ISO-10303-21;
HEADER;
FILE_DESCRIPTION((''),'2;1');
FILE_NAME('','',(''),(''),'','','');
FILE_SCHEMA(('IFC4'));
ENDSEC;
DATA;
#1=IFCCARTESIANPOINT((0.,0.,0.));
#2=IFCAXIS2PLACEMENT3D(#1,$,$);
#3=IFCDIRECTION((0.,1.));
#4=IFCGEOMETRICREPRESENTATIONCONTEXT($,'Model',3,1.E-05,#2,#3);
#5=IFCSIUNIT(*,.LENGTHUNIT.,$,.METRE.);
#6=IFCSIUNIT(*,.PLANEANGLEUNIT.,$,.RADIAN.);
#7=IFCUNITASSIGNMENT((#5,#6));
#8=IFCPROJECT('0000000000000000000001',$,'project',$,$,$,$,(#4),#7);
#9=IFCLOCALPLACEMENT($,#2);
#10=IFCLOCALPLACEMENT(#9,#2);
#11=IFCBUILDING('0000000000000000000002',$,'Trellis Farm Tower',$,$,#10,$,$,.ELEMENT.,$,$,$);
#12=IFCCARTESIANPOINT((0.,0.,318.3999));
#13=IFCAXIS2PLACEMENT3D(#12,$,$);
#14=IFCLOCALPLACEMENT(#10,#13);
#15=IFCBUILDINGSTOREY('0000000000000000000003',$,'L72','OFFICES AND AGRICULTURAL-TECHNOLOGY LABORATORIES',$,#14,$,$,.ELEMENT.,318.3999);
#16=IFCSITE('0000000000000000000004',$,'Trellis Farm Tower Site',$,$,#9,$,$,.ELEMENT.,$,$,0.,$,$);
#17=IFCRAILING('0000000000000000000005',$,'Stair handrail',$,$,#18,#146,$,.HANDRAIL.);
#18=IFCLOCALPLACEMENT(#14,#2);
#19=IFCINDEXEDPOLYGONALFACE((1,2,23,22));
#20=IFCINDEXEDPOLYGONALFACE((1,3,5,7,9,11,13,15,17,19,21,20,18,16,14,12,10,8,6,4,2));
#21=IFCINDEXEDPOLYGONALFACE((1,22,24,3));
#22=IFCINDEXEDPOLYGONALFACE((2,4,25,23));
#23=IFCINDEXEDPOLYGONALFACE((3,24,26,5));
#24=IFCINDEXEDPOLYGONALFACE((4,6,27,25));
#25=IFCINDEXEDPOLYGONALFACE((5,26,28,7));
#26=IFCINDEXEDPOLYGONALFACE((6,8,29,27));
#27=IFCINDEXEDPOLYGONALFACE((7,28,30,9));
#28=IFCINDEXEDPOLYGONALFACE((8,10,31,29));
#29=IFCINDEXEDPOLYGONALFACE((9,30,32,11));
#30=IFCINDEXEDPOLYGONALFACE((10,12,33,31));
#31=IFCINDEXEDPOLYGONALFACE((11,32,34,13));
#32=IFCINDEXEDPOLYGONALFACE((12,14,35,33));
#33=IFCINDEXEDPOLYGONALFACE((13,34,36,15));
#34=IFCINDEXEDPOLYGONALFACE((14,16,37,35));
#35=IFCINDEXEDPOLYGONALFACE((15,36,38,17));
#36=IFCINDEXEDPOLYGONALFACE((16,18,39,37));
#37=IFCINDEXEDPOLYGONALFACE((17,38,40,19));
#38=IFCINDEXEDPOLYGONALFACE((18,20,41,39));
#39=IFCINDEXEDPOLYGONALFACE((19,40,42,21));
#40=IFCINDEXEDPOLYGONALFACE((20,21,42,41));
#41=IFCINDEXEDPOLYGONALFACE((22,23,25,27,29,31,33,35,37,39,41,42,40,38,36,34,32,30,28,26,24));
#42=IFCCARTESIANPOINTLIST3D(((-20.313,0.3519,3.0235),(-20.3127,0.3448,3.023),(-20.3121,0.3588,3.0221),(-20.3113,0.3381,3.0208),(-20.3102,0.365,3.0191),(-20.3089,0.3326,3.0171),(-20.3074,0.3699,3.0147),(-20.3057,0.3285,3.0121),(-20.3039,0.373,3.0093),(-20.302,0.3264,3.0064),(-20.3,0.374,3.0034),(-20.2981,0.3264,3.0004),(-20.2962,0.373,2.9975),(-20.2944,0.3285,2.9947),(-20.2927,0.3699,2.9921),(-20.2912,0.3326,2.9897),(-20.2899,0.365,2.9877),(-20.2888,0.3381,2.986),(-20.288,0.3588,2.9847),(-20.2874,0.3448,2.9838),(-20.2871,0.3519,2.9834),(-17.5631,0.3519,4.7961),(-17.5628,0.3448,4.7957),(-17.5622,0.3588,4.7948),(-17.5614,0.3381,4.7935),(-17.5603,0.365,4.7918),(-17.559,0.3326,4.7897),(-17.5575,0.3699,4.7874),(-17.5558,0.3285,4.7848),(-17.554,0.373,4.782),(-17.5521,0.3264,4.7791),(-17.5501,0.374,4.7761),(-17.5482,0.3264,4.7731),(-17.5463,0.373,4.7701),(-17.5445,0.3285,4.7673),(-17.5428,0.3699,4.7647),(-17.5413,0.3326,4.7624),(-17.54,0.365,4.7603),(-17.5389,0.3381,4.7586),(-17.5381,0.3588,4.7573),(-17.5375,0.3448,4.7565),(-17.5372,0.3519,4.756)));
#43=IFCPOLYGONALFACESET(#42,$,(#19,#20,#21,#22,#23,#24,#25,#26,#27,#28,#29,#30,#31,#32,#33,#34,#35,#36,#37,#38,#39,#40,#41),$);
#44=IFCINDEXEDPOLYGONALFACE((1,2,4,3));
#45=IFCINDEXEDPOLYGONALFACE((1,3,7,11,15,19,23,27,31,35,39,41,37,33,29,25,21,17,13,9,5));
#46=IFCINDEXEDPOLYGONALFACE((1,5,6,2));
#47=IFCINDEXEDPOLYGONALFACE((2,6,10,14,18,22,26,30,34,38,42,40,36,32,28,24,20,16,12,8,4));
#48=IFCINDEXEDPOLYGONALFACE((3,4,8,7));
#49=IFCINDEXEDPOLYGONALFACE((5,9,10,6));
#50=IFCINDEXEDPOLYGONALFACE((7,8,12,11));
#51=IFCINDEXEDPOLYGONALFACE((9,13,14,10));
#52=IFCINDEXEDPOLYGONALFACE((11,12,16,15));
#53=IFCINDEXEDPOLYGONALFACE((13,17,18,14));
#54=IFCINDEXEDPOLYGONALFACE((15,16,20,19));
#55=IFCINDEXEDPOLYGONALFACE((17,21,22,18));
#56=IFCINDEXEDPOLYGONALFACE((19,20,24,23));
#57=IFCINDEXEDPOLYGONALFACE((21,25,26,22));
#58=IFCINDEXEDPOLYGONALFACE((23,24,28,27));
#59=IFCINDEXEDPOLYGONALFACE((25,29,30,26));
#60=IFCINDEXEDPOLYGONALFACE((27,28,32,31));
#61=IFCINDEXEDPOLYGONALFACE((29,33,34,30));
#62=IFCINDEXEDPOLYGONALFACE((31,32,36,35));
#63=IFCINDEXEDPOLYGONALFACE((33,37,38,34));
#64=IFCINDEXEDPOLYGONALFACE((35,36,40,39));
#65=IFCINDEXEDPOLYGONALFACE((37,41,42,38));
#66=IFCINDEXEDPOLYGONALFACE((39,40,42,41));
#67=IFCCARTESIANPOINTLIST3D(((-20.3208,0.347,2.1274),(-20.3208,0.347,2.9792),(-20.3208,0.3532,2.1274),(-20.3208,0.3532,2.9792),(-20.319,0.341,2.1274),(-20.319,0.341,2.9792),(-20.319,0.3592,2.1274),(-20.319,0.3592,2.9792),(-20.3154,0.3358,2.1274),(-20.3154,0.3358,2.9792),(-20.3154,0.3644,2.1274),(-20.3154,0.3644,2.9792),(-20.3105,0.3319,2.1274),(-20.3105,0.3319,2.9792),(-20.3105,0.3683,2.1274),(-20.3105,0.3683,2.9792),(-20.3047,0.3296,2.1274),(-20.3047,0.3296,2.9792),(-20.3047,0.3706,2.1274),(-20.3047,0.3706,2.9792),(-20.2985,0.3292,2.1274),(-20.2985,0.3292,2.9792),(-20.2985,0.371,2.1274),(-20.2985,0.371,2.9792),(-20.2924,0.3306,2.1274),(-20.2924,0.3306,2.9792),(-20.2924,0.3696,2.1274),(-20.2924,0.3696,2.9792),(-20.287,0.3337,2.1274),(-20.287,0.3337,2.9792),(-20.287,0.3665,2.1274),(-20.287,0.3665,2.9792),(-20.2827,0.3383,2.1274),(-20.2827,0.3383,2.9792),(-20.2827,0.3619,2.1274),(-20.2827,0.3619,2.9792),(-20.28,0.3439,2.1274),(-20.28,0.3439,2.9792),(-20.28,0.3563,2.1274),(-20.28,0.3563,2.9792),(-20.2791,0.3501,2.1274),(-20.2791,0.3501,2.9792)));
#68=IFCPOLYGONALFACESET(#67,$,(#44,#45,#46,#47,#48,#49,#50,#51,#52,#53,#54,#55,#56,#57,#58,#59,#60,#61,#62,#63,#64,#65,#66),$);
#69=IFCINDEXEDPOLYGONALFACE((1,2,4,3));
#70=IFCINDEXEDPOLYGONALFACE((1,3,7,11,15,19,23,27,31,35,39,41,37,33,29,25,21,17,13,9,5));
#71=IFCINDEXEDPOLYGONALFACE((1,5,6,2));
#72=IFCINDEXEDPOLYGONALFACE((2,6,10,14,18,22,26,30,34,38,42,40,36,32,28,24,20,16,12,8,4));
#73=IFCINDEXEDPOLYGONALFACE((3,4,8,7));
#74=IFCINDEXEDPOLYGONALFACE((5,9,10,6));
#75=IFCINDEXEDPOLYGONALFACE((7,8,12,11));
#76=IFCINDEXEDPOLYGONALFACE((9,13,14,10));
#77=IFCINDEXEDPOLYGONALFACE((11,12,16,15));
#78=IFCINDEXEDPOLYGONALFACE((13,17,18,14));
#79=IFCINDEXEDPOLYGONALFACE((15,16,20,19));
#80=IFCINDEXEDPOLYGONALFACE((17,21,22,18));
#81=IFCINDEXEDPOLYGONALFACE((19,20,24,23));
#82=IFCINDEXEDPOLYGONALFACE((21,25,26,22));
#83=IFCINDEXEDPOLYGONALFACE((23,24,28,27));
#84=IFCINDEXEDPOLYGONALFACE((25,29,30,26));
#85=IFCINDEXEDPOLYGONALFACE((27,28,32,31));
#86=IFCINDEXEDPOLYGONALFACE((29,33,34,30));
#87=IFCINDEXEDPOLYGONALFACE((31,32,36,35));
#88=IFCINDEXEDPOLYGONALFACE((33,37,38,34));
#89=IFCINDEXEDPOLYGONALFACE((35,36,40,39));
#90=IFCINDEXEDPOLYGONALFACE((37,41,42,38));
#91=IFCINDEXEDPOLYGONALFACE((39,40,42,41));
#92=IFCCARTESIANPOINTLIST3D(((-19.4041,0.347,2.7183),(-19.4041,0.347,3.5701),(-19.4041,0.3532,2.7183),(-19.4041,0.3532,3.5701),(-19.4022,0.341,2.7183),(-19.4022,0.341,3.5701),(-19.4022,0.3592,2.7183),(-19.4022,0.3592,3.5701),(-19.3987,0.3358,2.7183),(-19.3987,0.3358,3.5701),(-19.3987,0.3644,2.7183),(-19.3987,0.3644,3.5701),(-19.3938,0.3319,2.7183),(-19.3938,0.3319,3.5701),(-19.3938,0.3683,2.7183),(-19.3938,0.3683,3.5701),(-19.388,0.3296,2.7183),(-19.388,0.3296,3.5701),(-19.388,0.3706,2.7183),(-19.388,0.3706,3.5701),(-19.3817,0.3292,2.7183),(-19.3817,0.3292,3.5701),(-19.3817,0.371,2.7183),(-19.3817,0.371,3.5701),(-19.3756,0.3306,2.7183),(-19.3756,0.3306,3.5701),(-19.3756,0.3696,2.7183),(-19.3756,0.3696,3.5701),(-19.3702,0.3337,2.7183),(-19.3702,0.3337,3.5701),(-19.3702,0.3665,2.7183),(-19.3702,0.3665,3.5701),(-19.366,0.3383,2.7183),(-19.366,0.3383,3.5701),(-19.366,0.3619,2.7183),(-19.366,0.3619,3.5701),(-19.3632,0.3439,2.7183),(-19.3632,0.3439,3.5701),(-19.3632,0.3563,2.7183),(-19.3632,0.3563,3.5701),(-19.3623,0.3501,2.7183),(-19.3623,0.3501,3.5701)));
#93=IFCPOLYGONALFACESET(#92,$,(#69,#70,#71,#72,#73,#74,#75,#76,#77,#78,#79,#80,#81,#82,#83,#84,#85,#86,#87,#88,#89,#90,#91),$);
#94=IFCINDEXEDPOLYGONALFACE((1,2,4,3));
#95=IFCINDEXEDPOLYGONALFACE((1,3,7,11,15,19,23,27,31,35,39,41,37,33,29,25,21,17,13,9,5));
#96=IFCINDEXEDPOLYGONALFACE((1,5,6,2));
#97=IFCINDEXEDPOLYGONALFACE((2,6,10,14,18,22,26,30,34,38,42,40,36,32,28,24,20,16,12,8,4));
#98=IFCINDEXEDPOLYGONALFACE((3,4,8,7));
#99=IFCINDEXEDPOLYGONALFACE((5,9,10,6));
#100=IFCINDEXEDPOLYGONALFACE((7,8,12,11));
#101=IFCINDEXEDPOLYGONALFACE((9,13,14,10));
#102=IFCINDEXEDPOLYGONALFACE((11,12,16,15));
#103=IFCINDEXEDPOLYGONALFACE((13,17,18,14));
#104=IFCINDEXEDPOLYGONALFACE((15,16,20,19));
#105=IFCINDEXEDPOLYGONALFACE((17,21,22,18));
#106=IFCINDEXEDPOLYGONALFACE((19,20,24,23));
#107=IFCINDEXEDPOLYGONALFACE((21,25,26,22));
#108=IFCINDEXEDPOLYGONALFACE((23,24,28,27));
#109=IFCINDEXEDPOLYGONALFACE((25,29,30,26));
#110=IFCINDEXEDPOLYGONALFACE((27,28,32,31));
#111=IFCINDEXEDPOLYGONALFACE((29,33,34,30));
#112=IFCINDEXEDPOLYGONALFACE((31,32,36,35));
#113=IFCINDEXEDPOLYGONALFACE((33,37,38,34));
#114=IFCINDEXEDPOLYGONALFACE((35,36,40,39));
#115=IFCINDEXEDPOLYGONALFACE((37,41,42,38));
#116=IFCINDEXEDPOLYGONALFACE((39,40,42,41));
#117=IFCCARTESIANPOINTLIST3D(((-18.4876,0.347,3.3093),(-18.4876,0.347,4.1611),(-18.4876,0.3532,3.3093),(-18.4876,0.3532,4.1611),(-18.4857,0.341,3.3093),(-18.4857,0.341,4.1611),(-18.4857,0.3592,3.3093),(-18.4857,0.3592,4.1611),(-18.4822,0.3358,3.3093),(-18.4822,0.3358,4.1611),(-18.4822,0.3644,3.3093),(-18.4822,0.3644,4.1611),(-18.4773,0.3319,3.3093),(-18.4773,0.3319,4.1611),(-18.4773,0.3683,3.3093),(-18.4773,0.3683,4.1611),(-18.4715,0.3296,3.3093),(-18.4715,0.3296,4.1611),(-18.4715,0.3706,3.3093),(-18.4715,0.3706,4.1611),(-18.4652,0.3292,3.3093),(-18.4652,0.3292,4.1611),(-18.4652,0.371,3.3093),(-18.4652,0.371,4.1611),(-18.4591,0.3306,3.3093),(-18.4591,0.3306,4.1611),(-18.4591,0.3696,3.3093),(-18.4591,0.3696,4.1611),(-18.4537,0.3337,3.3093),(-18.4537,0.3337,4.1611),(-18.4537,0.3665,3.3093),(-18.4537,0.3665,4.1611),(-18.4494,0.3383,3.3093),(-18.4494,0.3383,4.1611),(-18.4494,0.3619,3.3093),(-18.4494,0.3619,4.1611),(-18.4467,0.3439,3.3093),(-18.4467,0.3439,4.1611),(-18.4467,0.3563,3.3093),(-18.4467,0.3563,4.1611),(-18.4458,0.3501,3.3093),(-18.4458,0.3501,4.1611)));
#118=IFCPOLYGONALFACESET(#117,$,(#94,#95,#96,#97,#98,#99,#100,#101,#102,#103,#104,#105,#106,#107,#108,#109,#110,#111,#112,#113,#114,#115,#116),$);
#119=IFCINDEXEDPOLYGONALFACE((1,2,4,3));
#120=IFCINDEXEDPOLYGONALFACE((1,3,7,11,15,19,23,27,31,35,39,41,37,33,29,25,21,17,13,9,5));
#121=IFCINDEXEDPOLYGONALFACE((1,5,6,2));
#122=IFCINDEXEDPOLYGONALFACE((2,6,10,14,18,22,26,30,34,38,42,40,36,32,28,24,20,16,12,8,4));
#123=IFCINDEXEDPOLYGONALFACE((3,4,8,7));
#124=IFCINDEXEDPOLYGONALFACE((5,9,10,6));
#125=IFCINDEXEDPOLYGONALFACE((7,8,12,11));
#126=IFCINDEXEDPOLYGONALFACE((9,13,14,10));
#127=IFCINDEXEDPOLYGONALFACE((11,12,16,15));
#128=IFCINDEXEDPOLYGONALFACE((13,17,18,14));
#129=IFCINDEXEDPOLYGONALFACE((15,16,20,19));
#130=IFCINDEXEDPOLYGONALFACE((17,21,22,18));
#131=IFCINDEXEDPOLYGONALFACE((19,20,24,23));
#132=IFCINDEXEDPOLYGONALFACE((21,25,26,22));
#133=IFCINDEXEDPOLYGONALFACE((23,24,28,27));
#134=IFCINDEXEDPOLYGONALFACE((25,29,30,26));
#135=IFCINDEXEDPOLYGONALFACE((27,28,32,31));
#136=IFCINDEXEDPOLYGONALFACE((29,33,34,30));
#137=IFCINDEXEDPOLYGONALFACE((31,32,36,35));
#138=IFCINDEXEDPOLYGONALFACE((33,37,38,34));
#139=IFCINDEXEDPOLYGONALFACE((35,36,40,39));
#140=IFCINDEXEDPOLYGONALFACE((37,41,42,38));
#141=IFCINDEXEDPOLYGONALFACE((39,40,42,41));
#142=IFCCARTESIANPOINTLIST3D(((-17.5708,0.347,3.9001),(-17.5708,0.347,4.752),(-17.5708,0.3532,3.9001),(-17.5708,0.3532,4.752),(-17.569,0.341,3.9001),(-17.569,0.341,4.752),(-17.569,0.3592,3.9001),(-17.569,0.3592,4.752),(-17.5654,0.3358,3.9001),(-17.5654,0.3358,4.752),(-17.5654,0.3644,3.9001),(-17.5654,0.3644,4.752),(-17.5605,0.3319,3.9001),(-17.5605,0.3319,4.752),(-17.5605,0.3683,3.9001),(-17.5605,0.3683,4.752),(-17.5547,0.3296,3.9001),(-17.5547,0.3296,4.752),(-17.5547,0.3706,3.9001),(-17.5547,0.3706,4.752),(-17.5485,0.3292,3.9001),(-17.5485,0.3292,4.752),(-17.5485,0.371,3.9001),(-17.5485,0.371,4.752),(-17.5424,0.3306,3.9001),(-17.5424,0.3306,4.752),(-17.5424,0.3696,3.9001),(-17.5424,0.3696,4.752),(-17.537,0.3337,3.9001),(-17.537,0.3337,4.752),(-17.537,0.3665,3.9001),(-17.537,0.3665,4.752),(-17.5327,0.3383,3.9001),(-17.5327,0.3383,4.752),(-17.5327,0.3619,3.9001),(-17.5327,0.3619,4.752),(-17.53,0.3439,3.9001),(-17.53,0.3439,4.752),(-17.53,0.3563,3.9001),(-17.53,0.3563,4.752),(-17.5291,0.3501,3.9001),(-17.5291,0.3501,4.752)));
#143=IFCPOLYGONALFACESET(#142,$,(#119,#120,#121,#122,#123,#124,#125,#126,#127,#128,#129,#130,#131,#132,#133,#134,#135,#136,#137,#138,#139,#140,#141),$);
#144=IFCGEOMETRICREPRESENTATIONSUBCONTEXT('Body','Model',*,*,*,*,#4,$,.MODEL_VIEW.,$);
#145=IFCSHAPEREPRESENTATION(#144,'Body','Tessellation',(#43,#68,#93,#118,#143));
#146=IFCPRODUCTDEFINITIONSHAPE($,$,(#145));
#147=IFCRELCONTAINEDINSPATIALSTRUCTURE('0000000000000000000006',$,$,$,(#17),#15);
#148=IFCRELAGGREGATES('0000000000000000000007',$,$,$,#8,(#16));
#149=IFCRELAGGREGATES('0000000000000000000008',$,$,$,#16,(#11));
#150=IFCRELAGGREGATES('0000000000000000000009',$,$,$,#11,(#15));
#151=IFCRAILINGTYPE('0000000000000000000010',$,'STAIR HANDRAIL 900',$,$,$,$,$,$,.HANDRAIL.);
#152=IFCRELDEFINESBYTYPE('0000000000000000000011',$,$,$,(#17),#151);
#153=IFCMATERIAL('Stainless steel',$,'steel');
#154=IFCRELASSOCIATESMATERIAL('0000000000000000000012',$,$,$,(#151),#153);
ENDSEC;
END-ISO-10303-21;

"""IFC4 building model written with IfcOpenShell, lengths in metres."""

from ifc_helpers import new_model, si_unit, direction, frame, origin, origin_2d, place, context, subcontext, project, spatial, circle, extrude, source, transform, mapped, material, type_object, element, save


model = new_model("IFC4")

# Units and contexts
model_context = context("Model", 3, precision=1e-05, world=origin(), true_north=direction((0.0, 1.0)))
body_context = subcontext(model_context, "Body", "Model", "MODEL_VIEW")
ifc_project = project(units=[si_unit("LENGTHUNIT", "METRE"), si_unit("PLANEANGLEUNIT", "RADIAN")], contexts=[model_context])

# Site, building, storey
site_placement = place(None, origin())
site = spatial("IfcSite", under=ifc_project, at=site_placement, Name="Trellis Farm Tower Site", CompositionType="ELEMENT", RefElevation=0.0)
building_placement = place(site_placement, origin())
building = spatial("IfcBuilding", under=site, at=building_placement, Name="Trellis Farm Tower", CompositionType="ELEMENT")
storey_placement = place(building_placement, frame((0.0, 0.0, 318.3999)))
storey = spatial("IfcBuildingStorey", under=building, at=storey_placement, Name="L72", Description="OFFICES AND AGRICULTURAL-TECHNOLOGY LABORATORIES", CompositionType="ELEMENT", Elevation=318.3999)

# Railing
ifc_material_1 = material(Name="Stainless steel", Category="steel")
railing_type = type_object("IfcRailingType", Name="STAIR HANDRAIL 900", PredefinedType="HANDRAIL", material=ifc_material_1)
shared_shape_1 = source(origin(), body_context, "Body", "SweptSolid", [
    extrude(circle(Radius=0.0239, at=origin_2d()), frame((0.0, 0.0, 0.876), z_axis=(0.840504, 0.0, 0.541806), x_axis=(0.0, 1.0, 0.0)), (0.0, 0.0, 1.0), 3.2717),
    extrude(circle(Radius=0.021, at=origin_2d()), origin(), (0.0, 0.0, 1.0), 0.8518),
    extrude(circle(Radius=0.021, at=origin_2d()), frame((0.9167, 0.0, 0.5908)), (0.0, 0.0, 1.0), 0.8518),
    extrude(circle(Radius=0.021, at=origin_2d()), frame((1.8333, 0.0, 1.1819)), (0.0, 0.0, 1.0), 0.8518),
    extrude(circle(Radius=0.021, at=origin_2d()), frame((2.75, 0.0, 1.7727)), (0.0, 0.0, 1.0), 0.8518),
])
for number, where, name in (
    (1, (-20.3, 0.3501, 2.1274), "Stair handrail"),
):
    element("IfcRailing", number, at=place(storey_placement, frame(where)), inside=storey, type_object=railing_type, Name=name, PredefinedType="HANDRAIL", context=body_context, shape_type="MappedRepresentation", body=[
        mapped(shared_shape_1, transform((0.0, 0.0, 0.0))),
    ])

save(model, "model.ifc")
